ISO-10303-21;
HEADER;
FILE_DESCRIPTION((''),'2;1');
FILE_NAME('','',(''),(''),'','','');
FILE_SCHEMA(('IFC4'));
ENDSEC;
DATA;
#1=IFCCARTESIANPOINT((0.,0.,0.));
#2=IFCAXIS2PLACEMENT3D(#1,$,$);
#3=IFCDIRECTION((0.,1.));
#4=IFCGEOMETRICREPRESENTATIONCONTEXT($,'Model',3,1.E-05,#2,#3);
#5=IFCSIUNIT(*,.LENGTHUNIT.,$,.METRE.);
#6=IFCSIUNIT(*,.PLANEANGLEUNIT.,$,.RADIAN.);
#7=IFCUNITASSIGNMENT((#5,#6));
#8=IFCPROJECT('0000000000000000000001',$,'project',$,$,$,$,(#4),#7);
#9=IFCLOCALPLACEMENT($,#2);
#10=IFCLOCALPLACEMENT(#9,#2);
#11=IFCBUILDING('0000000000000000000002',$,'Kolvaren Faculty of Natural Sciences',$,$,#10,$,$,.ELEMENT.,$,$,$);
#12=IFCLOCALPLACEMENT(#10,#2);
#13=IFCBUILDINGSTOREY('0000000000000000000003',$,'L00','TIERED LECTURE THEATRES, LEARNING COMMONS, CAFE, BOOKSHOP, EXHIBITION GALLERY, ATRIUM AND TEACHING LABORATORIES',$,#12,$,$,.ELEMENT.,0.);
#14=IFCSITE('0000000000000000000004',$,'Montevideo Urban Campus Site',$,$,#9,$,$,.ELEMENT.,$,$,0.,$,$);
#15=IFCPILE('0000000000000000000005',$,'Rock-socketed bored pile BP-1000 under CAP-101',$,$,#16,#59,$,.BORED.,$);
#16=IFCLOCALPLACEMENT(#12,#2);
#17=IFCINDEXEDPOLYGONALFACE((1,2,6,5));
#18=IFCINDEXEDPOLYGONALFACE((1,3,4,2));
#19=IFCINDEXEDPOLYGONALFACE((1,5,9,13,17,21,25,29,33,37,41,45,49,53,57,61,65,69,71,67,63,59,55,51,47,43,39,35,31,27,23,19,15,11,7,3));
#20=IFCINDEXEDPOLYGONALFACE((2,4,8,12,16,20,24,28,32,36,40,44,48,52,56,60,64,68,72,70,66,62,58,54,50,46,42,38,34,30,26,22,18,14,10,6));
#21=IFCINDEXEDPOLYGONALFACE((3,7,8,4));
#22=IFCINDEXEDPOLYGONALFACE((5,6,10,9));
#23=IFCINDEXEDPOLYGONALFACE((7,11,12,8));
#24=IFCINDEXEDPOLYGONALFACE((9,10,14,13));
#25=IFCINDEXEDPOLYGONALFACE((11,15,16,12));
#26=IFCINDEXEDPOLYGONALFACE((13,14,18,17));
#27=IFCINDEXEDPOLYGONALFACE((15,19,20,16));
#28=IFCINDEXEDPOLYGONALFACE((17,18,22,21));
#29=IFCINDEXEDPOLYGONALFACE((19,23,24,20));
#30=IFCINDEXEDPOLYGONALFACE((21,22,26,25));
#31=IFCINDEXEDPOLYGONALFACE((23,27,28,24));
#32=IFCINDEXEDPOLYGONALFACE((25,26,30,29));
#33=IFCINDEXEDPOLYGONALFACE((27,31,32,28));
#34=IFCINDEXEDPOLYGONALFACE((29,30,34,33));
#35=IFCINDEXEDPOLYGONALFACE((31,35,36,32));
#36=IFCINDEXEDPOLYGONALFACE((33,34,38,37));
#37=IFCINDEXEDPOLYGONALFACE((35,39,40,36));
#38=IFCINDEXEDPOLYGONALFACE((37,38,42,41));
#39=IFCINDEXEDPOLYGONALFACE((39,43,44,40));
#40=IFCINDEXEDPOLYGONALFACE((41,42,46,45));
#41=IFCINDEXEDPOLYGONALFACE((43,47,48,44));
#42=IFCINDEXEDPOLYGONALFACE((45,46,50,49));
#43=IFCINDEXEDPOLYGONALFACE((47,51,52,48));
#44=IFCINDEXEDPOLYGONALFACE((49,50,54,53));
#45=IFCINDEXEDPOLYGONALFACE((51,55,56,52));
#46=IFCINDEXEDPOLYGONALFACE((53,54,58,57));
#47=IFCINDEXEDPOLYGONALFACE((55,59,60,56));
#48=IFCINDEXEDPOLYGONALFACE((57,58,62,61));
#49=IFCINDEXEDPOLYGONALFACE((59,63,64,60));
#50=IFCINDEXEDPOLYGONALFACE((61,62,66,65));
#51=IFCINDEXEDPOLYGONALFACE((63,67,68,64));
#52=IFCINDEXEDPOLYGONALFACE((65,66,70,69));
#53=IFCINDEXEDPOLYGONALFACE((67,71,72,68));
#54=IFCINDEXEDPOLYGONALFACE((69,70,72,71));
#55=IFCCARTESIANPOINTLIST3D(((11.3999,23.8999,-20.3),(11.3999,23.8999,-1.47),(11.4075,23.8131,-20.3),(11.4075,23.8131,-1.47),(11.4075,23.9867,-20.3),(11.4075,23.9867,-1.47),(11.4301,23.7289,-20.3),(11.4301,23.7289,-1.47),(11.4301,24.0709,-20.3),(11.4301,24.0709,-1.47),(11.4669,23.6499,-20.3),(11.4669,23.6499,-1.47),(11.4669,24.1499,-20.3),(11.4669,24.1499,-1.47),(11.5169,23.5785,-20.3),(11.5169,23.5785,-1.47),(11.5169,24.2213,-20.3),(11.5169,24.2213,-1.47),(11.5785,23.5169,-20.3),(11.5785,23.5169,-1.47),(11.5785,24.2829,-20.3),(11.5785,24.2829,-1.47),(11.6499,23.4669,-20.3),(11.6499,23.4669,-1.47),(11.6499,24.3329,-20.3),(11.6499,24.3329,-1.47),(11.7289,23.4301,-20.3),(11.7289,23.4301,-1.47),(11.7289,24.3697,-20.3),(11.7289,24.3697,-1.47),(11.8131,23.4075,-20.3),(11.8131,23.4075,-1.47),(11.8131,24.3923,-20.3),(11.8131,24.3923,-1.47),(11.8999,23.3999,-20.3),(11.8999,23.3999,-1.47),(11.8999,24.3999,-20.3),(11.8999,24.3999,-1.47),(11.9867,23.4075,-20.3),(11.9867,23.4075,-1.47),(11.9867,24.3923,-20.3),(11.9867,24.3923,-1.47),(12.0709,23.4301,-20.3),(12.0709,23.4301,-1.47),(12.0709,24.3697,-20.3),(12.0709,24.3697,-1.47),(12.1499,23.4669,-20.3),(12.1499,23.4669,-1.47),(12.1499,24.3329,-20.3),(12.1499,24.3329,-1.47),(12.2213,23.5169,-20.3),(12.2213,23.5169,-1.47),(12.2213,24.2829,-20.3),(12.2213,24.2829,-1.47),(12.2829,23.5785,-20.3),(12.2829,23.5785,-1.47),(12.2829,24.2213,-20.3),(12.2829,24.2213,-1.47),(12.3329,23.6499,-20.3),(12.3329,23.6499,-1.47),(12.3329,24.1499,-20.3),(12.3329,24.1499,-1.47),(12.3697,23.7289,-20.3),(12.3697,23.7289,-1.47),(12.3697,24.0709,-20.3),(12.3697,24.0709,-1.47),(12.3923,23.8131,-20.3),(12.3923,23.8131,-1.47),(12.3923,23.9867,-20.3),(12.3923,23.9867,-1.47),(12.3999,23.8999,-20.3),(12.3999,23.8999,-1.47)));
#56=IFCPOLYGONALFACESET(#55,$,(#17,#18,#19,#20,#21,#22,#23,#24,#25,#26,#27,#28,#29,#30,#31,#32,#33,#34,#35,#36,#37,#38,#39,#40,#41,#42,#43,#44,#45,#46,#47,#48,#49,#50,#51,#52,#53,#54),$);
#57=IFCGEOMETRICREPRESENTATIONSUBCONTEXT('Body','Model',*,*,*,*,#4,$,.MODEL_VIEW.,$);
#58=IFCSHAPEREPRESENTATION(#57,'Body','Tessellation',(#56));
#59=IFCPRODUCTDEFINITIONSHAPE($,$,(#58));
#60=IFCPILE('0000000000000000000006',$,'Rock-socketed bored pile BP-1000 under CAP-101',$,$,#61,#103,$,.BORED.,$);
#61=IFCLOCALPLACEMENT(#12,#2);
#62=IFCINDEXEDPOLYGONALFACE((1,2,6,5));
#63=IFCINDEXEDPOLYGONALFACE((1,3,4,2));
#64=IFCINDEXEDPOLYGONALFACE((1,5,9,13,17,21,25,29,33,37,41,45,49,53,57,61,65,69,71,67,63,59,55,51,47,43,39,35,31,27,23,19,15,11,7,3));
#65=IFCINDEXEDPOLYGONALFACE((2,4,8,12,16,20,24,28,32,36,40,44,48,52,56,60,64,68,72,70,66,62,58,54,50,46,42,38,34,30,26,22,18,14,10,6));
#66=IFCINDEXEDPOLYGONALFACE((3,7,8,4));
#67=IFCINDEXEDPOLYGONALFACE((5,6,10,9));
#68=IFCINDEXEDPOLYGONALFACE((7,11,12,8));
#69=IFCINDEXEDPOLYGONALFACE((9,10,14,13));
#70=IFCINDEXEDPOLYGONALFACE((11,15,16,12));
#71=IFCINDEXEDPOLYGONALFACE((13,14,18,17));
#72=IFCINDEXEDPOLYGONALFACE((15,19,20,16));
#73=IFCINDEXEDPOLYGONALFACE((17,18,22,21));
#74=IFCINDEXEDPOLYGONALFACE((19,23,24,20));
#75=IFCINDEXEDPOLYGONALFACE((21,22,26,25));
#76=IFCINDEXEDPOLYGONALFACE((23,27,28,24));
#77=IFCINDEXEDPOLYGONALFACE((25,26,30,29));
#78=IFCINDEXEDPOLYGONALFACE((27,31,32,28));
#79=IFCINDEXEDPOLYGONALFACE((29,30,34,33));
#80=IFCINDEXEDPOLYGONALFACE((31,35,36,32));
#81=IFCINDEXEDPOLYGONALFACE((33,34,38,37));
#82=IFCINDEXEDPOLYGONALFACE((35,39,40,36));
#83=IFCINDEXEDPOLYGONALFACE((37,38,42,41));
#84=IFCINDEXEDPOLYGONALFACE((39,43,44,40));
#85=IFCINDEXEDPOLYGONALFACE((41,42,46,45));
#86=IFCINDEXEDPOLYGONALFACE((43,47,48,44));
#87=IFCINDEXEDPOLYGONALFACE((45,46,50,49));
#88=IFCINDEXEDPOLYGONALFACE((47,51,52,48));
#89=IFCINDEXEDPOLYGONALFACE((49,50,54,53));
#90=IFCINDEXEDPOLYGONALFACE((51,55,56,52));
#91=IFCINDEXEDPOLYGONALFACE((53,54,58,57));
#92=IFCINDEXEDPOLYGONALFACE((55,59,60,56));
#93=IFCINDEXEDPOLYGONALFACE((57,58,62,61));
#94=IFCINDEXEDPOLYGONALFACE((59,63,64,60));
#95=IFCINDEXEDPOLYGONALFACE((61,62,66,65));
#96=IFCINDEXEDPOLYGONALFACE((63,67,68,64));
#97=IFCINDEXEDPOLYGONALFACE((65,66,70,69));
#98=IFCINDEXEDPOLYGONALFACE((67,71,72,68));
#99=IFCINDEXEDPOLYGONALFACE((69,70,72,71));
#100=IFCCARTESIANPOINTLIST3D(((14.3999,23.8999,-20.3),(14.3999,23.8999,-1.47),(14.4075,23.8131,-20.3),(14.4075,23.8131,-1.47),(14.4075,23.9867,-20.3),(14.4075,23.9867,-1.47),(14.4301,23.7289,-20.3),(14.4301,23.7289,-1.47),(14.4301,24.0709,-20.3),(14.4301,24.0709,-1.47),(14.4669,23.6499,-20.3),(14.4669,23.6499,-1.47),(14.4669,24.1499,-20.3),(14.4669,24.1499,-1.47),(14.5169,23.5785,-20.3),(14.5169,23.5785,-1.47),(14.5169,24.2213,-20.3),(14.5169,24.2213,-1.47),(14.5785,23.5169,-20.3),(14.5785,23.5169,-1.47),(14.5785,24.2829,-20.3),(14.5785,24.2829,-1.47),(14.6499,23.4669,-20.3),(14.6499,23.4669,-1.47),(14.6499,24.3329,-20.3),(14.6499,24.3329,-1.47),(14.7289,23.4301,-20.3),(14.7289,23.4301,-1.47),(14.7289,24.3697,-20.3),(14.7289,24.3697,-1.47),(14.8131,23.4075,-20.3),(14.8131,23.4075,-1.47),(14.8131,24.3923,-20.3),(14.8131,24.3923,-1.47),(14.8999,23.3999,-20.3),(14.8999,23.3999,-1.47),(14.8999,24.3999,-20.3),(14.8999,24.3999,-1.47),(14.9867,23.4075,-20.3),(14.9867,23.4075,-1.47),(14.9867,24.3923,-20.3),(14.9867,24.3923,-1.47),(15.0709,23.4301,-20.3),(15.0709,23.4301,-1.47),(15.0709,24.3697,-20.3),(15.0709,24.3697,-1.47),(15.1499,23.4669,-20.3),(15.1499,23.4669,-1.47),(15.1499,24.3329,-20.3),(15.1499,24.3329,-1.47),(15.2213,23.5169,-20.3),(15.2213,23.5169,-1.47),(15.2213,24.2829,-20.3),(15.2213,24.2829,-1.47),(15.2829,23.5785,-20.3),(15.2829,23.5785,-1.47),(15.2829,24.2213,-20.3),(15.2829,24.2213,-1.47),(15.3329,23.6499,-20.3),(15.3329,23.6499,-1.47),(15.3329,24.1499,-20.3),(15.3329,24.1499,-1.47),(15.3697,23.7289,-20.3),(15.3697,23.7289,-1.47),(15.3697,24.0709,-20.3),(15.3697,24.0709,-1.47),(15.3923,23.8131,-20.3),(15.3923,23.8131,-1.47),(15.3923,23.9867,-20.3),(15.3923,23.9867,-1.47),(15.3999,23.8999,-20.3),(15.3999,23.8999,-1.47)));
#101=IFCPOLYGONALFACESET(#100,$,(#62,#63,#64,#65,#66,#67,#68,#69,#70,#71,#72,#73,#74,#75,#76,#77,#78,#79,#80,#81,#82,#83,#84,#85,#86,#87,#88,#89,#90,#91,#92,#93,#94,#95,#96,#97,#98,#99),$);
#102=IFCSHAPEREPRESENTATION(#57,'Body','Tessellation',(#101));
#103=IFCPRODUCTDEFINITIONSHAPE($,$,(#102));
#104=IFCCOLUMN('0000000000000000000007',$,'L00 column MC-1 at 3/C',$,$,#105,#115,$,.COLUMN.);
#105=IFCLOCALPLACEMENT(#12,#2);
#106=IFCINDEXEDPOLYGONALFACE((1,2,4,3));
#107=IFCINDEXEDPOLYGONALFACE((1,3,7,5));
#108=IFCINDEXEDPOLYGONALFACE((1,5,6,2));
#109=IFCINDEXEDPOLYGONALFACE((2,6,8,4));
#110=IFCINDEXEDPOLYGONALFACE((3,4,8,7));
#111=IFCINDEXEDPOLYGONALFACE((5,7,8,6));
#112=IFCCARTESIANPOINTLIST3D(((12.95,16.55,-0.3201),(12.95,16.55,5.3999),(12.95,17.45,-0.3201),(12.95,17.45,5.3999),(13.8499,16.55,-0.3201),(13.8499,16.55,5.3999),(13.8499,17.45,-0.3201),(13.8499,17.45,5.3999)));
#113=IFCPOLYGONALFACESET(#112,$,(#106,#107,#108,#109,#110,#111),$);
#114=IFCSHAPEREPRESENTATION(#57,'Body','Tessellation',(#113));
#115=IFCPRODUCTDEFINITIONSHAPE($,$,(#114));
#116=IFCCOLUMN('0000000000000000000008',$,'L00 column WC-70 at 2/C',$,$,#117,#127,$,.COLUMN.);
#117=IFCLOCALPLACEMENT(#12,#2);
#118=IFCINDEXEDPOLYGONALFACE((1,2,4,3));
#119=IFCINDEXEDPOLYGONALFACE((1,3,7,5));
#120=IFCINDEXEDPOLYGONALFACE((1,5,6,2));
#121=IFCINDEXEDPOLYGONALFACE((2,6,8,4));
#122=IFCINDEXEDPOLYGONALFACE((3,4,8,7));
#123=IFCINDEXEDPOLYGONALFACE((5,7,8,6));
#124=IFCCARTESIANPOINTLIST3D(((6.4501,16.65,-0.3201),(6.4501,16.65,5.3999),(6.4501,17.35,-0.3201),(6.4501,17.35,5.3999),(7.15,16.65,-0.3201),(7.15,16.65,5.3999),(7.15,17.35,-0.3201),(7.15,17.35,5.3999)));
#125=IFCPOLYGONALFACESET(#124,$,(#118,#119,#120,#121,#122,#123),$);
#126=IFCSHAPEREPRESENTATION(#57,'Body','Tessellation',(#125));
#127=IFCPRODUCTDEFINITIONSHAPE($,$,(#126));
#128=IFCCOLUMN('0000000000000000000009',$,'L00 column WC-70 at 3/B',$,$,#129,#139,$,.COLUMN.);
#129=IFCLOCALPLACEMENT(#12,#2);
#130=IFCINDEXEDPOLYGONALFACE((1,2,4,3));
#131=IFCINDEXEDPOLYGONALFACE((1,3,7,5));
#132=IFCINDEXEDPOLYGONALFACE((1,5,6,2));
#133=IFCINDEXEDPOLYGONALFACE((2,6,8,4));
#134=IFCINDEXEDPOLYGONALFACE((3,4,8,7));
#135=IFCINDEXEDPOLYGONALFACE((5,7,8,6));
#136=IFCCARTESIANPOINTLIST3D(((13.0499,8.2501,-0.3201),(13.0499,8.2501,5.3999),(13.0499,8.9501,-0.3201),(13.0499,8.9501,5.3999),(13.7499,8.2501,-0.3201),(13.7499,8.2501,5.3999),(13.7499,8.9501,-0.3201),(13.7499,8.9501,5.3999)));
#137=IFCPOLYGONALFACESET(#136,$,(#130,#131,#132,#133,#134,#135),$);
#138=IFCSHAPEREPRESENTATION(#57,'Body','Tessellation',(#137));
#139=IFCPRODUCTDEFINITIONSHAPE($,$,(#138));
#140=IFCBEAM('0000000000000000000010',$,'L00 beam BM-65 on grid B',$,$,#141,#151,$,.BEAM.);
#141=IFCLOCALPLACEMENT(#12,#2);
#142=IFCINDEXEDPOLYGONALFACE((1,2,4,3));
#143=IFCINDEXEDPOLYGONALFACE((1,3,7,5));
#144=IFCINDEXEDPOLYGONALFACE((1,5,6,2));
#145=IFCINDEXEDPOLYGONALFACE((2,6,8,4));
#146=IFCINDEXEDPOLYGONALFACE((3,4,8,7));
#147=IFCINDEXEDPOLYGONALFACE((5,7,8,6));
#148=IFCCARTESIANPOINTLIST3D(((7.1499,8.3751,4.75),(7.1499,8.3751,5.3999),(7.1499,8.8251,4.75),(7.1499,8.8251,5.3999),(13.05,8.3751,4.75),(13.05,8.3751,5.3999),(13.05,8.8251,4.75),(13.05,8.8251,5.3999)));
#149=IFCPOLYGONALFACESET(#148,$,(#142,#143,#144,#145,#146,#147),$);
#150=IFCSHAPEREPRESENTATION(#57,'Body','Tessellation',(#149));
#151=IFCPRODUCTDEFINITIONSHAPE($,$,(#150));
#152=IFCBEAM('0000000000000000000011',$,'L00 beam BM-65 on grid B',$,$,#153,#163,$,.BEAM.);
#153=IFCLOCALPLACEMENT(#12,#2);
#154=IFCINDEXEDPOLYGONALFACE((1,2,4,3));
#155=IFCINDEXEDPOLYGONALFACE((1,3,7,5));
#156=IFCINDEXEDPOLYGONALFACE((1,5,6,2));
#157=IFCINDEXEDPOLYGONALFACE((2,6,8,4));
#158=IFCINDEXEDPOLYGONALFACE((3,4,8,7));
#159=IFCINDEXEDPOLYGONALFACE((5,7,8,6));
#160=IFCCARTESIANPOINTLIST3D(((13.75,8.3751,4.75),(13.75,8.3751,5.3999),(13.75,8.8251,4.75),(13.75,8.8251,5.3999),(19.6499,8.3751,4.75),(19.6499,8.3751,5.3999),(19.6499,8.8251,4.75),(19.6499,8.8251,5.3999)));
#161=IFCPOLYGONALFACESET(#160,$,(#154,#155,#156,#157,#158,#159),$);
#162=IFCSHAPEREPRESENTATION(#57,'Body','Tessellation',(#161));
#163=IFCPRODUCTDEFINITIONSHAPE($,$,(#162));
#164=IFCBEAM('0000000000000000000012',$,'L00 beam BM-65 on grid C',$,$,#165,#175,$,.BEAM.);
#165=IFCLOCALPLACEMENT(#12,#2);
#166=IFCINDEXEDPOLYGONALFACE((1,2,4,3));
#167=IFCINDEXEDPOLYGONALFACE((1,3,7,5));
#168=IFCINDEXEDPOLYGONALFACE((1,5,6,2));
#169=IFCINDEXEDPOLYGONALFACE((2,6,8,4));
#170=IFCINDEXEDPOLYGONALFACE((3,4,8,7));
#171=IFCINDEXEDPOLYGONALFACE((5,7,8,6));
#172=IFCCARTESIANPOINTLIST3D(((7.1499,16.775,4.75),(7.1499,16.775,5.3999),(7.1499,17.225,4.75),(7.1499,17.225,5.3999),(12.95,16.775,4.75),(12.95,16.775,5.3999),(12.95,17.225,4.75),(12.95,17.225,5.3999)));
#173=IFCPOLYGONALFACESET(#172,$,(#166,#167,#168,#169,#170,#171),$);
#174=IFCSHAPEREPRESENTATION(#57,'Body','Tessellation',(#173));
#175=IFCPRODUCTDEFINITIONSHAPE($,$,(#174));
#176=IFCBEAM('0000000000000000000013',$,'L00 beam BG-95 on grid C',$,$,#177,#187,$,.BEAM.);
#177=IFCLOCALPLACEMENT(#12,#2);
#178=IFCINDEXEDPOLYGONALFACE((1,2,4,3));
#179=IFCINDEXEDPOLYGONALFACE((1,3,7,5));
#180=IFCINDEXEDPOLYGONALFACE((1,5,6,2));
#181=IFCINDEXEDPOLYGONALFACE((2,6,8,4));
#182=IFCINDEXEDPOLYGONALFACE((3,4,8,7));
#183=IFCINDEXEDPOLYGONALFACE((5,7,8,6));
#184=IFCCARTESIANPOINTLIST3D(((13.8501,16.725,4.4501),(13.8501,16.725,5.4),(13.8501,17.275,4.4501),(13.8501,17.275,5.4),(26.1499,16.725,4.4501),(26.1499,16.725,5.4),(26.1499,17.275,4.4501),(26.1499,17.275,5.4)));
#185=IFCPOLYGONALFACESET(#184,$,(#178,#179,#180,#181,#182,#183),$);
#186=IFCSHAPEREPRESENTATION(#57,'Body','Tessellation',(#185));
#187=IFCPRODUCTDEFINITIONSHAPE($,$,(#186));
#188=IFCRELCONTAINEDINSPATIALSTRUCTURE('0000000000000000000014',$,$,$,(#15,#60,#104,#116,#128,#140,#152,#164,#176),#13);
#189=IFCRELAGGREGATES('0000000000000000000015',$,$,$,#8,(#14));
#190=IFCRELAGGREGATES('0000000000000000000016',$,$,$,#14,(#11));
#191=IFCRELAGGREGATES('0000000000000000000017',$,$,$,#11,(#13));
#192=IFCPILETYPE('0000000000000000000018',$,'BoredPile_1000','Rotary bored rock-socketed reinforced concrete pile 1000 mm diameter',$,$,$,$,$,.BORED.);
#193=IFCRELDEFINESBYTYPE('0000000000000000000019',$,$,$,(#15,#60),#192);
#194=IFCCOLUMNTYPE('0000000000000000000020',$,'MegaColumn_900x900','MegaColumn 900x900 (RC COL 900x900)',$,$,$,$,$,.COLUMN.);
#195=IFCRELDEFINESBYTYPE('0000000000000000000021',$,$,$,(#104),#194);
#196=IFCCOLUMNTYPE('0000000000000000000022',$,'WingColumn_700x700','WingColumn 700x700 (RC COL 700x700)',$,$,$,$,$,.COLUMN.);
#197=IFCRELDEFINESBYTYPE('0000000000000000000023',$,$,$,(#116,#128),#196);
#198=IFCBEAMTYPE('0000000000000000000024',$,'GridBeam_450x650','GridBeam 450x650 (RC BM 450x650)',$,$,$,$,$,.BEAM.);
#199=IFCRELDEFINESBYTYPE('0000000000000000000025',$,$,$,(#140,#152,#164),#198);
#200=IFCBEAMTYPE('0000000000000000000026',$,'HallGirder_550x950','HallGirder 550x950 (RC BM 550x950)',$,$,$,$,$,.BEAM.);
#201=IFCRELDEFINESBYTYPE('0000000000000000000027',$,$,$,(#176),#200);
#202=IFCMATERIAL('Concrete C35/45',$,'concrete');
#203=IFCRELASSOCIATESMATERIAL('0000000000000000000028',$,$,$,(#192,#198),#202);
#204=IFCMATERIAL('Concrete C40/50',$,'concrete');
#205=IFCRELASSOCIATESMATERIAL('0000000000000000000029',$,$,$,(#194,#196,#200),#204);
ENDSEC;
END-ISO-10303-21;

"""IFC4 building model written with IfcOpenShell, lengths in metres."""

from ifc_helpers import new_model, si_unit, direction, frame, origin, origin_2d, place, context, subcontext, project, spatial, rectangle, circle, extrude, material, material_profile, profile_set, type_object, element, save


model = new_model("IFC4")

# Units and contexts
model_context = context("Model", 3, precision=1e-05, world=origin(), true_north=direction((0.0, 1.0)))
body_context = subcontext(model_context, "Body", "Model", "MODEL_VIEW")
ifc_project = project(units=[si_unit("LENGTHUNIT", "METRE"), si_unit("PLANEANGLEUNIT", "RADIAN")], contexts=[model_context])

# Site, building, storey
site_placement = place(None, origin())
site = spatial("IfcSite", under=ifc_project, at=site_placement, Name="Montevideo Urban Campus Site", CompositionType="ELEMENT", RefElevation=0.0)
building_placement = place(site_placement, origin())
building = spatial("IfcBuilding", under=site, at=building_placement, Name="Kolvaren Faculty of Natural Sciences", CompositionType="ELEMENT")
storey_placement = place(building_placement, origin())
storey = spatial("IfcBuildingStorey", under=building, at=storey_placement, Name="L00", Description="TIERED LECTURE THEATRES, LEARNING COMMONS, CAFE, BOOKSHOP, EXHIBITION GALLERY, ATRIUM AND TEACHING LABORATORIES", CompositionType="ELEMENT", Elevation=0.0)

# Piles
ifc_material_1 = material(Name="Concrete C35/45", Category="concrete")
ifc_material_profile_1 = material_profile(ifc_material_1, circle(Radius=0.5, at=origin_2d()), Name="PILE D1000")
ifc_profile_set_1 = profile_set([ifc_material_profile_1], Name="Concrete C35/45")
pile_type = type_object("IfcPileType", Name="BoredPile_1000", Description="Rotary bored rock-socketed reinforced concrete pile 1000 mm diameter", PredefinedType="BORED", material=ifc_profile_set_1)
for number, where, z_axis, x_axis, name in (
    (1, (11.8999, 23.8999, -1.47), (0.0, 0.0, -1.0), (1.0, 0.0, 0.0), "Rock-socketed bored pile BP-1000 under CAP-101"),
    (2, (14.8999, 23.8999, -1.47), (0.0, 0.0, -1.0), (1.0, 0.0, 0.0), "Rock-socketed bored pile BP-1000 under CAP-101"),
):
    element("IfcPile", number, at=place(storey_placement, frame(where, z_axis=z_axis, x_axis=x_axis)), inside=storey, type_object=pile_type, Name=name, PredefinedType="BORED", context=body_context, shape_type="SweptSolid", body=[
        extrude(circle(Radius=0.5, at=origin_2d()), origin(), (0.0, 0.0, 1.0), 18.8301),
    ])

# Columns
ifc_material_2 = material(Name="Concrete C40/50", Category="concrete")
ifc_material_profile_2 = material_profile(ifc_material_2, rectangle(XDim=0.8999, YDim=0.8999, at=origin_2d()), Name="RC COL 900x900")
ifc_profile_set_2 = profile_set([ifc_material_profile_2], Name="Concrete C40/50")
column_type_1 = type_object("IfcColumnType", Name="MegaColumn_900x900", Description="MegaColumn 900x900 (RC COL 900x900)", PredefinedType="COLUMN", material=ifc_profile_set_2)
column_placement = place(storey_placement, frame((13.3999, 17.0, -0.3201), z_axis=(0.0, 0.0, 1.0), x_axis=(1.0, 0.0, 0.0)))
element("IfcColumn", 3, at=column_placement, inside=storey, type_object=column_type_1, Name="L00 column MC-1 at 3/C", PredefinedType="COLUMN", context=body_context, shape_type="SweptSolid", body=[
    extrude(rectangle(XDim=0.8999, YDim=0.8999, at=origin_2d()), origin(), (0.0, 0.0, 1.0), 5.72),
])
ifc_material_profile_3 = material_profile(ifc_material_2, rectangle(XDim=0.7, YDim=0.7, at=origin_2d()), Name="RC COL 700x700")
ifc_profile_set_3 = profile_set([ifc_material_profile_3], Name="Concrete C40/50")
column_type_2 = type_object("IfcColumnType", Name="WingColumn_700x700", Description="WingColumn 700x700 (RC COL 700x700)", PredefinedType="COLUMN", material=ifc_profile_set_3)
for number, where, z_axis, x_axis, name in (
    (4, (6.8, 17.0, -0.3201), (0.0, 0.0, 1.0), (1.0, 0.0, 0.0), "L00 column WC-70 at 2/C"),
    (5, (13.3999, 8.6001, -0.3201), (0.0, 0.0, 1.0), (1.0, 0.0, 0.0), "L00 column WC-70 at 3/B"),
):
    element("IfcColumn", number, at=place(storey_placement, frame(where, z_axis=z_axis, x_axis=x_axis)), inside=storey, type_object=column_type_2, Name=name, PredefinedType="COLUMN", context=body_context, shape_type="SweptSolid", body=[
        extrude(rectangle(XDim=0.7, YDim=0.7, at=origin_2d()), origin(), (0.0, 0.0, 1.0), 5.72),
    ])

# Beams
ifc_material_profile_4 = material_profile(ifc_material_1, rectangle(XDim=0.45, YDim=0.6499, at=origin_2d()), Name="RC BM 450x650")
ifc_profile_set_4 = profile_set([ifc_material_profile_4], Name="Concrete C35/45")
beam_type_1 = type_object("IfcBeamType", Name="GridBeam_450x650", Description="GridBeam 450x650 (RC BM 450x650)", PredefinedType="BEAM", material=ifc_profile_set_4)
beam_1_placement = place(storey_placement, frame((7.1499, 8.6001, 5.075), z_axis=(1.0, 0.0, 0.0), x_axis=(0.0, 1.0, 0.0)))
element("IfcBeam", 6, at=beam_1_placement, inside=storey, type_object=beam_type_1, Name="L00 beam BM-65 on grid B", PredefinedType="BEAM", context=body_context, shape_type="SweptSolid", body=[
    extrude(rectangle(XDim=0.45, YDim=0.6499, at=origin_2d()), origin(), (0.0, 0.0, 1.0), 5.9001),
])
beam_2_placement = place(storey_placement, frame((13.75, 8.6001, 5.075), z_axis=(1.0, 0.0, 0.0), x_axis=(0.0, 1.0, 0.0)))
element("IfcBeam", 7, at=beam_2_placement, inside=storey, type_object=beam_type_1, Name="L00 beam BM-65 on grid B", PredefinedType="BEAM", context=body_context, shape_type="SweptSolid", body=[
    extrude(rectangle(XDim=0.45, YDim=0.6499, at=origin_2d()), origin(), (0.0, 0.0, 1.0), 5.8999),
])
beam_3_placement = place(storey_placement, frame((7.1499, 17.0, 5.075), z_axis=(1.0, 0.0, 0.0), x_axis=(0.0, 1.0, 0.0)))
element("IfcBeam", 8, at=beam_3_placement, inside=storey, type_object=beam_type_1, Name="L00 beam BM-65 on grid C", PredefinedType="BEAM", context=body_context, shape_type="SweptSolid", body=[
    extrude(rectangle(XDim=0.45, YDim=0.6499, at=origin_2d()), origin(), (0.0, 0.0, 1.0), 5.8),
])
ifc_material_profile_5 = material_profile(ifc_material_2, rectangle(XDim=0.55, YDim=0.95, at=origin_2d()), Name="RC BM 550x950")
ifc_profile_set_5 = profile_set([ifc_material_profile_5], Name="Concrete C40/50")
beam_type_2 = type_object("IfcBeamType", Name="HallGirder_550x950", Description="HallGirder 550x950 (RC BM 550x950)", PredefinedType="BEAM", material=ifc_profile_set_5)
beam_4_placement = place(storey_placement, frame((13.8501, 17.0, 4.925), z_axis=(1.0, 0.0, 0.0), x_axis=(0.0, 1.0, 0.0)))
element("IfcBeam", 9, at=beam_4_placement, inside=storey, type_object=beam_type_2, Name="L00 beam BG-95 on grid C", PredefinedType="BEAM", context=body_context, shape_type="SweptSolid", body=[
    extrude(rectangle(XDim=0.55, YDim=0.95, at=origin_2d()), origin(), (0.0, 0.0, 1.0), 12.2998),
])

save(model, "model.ifc")
